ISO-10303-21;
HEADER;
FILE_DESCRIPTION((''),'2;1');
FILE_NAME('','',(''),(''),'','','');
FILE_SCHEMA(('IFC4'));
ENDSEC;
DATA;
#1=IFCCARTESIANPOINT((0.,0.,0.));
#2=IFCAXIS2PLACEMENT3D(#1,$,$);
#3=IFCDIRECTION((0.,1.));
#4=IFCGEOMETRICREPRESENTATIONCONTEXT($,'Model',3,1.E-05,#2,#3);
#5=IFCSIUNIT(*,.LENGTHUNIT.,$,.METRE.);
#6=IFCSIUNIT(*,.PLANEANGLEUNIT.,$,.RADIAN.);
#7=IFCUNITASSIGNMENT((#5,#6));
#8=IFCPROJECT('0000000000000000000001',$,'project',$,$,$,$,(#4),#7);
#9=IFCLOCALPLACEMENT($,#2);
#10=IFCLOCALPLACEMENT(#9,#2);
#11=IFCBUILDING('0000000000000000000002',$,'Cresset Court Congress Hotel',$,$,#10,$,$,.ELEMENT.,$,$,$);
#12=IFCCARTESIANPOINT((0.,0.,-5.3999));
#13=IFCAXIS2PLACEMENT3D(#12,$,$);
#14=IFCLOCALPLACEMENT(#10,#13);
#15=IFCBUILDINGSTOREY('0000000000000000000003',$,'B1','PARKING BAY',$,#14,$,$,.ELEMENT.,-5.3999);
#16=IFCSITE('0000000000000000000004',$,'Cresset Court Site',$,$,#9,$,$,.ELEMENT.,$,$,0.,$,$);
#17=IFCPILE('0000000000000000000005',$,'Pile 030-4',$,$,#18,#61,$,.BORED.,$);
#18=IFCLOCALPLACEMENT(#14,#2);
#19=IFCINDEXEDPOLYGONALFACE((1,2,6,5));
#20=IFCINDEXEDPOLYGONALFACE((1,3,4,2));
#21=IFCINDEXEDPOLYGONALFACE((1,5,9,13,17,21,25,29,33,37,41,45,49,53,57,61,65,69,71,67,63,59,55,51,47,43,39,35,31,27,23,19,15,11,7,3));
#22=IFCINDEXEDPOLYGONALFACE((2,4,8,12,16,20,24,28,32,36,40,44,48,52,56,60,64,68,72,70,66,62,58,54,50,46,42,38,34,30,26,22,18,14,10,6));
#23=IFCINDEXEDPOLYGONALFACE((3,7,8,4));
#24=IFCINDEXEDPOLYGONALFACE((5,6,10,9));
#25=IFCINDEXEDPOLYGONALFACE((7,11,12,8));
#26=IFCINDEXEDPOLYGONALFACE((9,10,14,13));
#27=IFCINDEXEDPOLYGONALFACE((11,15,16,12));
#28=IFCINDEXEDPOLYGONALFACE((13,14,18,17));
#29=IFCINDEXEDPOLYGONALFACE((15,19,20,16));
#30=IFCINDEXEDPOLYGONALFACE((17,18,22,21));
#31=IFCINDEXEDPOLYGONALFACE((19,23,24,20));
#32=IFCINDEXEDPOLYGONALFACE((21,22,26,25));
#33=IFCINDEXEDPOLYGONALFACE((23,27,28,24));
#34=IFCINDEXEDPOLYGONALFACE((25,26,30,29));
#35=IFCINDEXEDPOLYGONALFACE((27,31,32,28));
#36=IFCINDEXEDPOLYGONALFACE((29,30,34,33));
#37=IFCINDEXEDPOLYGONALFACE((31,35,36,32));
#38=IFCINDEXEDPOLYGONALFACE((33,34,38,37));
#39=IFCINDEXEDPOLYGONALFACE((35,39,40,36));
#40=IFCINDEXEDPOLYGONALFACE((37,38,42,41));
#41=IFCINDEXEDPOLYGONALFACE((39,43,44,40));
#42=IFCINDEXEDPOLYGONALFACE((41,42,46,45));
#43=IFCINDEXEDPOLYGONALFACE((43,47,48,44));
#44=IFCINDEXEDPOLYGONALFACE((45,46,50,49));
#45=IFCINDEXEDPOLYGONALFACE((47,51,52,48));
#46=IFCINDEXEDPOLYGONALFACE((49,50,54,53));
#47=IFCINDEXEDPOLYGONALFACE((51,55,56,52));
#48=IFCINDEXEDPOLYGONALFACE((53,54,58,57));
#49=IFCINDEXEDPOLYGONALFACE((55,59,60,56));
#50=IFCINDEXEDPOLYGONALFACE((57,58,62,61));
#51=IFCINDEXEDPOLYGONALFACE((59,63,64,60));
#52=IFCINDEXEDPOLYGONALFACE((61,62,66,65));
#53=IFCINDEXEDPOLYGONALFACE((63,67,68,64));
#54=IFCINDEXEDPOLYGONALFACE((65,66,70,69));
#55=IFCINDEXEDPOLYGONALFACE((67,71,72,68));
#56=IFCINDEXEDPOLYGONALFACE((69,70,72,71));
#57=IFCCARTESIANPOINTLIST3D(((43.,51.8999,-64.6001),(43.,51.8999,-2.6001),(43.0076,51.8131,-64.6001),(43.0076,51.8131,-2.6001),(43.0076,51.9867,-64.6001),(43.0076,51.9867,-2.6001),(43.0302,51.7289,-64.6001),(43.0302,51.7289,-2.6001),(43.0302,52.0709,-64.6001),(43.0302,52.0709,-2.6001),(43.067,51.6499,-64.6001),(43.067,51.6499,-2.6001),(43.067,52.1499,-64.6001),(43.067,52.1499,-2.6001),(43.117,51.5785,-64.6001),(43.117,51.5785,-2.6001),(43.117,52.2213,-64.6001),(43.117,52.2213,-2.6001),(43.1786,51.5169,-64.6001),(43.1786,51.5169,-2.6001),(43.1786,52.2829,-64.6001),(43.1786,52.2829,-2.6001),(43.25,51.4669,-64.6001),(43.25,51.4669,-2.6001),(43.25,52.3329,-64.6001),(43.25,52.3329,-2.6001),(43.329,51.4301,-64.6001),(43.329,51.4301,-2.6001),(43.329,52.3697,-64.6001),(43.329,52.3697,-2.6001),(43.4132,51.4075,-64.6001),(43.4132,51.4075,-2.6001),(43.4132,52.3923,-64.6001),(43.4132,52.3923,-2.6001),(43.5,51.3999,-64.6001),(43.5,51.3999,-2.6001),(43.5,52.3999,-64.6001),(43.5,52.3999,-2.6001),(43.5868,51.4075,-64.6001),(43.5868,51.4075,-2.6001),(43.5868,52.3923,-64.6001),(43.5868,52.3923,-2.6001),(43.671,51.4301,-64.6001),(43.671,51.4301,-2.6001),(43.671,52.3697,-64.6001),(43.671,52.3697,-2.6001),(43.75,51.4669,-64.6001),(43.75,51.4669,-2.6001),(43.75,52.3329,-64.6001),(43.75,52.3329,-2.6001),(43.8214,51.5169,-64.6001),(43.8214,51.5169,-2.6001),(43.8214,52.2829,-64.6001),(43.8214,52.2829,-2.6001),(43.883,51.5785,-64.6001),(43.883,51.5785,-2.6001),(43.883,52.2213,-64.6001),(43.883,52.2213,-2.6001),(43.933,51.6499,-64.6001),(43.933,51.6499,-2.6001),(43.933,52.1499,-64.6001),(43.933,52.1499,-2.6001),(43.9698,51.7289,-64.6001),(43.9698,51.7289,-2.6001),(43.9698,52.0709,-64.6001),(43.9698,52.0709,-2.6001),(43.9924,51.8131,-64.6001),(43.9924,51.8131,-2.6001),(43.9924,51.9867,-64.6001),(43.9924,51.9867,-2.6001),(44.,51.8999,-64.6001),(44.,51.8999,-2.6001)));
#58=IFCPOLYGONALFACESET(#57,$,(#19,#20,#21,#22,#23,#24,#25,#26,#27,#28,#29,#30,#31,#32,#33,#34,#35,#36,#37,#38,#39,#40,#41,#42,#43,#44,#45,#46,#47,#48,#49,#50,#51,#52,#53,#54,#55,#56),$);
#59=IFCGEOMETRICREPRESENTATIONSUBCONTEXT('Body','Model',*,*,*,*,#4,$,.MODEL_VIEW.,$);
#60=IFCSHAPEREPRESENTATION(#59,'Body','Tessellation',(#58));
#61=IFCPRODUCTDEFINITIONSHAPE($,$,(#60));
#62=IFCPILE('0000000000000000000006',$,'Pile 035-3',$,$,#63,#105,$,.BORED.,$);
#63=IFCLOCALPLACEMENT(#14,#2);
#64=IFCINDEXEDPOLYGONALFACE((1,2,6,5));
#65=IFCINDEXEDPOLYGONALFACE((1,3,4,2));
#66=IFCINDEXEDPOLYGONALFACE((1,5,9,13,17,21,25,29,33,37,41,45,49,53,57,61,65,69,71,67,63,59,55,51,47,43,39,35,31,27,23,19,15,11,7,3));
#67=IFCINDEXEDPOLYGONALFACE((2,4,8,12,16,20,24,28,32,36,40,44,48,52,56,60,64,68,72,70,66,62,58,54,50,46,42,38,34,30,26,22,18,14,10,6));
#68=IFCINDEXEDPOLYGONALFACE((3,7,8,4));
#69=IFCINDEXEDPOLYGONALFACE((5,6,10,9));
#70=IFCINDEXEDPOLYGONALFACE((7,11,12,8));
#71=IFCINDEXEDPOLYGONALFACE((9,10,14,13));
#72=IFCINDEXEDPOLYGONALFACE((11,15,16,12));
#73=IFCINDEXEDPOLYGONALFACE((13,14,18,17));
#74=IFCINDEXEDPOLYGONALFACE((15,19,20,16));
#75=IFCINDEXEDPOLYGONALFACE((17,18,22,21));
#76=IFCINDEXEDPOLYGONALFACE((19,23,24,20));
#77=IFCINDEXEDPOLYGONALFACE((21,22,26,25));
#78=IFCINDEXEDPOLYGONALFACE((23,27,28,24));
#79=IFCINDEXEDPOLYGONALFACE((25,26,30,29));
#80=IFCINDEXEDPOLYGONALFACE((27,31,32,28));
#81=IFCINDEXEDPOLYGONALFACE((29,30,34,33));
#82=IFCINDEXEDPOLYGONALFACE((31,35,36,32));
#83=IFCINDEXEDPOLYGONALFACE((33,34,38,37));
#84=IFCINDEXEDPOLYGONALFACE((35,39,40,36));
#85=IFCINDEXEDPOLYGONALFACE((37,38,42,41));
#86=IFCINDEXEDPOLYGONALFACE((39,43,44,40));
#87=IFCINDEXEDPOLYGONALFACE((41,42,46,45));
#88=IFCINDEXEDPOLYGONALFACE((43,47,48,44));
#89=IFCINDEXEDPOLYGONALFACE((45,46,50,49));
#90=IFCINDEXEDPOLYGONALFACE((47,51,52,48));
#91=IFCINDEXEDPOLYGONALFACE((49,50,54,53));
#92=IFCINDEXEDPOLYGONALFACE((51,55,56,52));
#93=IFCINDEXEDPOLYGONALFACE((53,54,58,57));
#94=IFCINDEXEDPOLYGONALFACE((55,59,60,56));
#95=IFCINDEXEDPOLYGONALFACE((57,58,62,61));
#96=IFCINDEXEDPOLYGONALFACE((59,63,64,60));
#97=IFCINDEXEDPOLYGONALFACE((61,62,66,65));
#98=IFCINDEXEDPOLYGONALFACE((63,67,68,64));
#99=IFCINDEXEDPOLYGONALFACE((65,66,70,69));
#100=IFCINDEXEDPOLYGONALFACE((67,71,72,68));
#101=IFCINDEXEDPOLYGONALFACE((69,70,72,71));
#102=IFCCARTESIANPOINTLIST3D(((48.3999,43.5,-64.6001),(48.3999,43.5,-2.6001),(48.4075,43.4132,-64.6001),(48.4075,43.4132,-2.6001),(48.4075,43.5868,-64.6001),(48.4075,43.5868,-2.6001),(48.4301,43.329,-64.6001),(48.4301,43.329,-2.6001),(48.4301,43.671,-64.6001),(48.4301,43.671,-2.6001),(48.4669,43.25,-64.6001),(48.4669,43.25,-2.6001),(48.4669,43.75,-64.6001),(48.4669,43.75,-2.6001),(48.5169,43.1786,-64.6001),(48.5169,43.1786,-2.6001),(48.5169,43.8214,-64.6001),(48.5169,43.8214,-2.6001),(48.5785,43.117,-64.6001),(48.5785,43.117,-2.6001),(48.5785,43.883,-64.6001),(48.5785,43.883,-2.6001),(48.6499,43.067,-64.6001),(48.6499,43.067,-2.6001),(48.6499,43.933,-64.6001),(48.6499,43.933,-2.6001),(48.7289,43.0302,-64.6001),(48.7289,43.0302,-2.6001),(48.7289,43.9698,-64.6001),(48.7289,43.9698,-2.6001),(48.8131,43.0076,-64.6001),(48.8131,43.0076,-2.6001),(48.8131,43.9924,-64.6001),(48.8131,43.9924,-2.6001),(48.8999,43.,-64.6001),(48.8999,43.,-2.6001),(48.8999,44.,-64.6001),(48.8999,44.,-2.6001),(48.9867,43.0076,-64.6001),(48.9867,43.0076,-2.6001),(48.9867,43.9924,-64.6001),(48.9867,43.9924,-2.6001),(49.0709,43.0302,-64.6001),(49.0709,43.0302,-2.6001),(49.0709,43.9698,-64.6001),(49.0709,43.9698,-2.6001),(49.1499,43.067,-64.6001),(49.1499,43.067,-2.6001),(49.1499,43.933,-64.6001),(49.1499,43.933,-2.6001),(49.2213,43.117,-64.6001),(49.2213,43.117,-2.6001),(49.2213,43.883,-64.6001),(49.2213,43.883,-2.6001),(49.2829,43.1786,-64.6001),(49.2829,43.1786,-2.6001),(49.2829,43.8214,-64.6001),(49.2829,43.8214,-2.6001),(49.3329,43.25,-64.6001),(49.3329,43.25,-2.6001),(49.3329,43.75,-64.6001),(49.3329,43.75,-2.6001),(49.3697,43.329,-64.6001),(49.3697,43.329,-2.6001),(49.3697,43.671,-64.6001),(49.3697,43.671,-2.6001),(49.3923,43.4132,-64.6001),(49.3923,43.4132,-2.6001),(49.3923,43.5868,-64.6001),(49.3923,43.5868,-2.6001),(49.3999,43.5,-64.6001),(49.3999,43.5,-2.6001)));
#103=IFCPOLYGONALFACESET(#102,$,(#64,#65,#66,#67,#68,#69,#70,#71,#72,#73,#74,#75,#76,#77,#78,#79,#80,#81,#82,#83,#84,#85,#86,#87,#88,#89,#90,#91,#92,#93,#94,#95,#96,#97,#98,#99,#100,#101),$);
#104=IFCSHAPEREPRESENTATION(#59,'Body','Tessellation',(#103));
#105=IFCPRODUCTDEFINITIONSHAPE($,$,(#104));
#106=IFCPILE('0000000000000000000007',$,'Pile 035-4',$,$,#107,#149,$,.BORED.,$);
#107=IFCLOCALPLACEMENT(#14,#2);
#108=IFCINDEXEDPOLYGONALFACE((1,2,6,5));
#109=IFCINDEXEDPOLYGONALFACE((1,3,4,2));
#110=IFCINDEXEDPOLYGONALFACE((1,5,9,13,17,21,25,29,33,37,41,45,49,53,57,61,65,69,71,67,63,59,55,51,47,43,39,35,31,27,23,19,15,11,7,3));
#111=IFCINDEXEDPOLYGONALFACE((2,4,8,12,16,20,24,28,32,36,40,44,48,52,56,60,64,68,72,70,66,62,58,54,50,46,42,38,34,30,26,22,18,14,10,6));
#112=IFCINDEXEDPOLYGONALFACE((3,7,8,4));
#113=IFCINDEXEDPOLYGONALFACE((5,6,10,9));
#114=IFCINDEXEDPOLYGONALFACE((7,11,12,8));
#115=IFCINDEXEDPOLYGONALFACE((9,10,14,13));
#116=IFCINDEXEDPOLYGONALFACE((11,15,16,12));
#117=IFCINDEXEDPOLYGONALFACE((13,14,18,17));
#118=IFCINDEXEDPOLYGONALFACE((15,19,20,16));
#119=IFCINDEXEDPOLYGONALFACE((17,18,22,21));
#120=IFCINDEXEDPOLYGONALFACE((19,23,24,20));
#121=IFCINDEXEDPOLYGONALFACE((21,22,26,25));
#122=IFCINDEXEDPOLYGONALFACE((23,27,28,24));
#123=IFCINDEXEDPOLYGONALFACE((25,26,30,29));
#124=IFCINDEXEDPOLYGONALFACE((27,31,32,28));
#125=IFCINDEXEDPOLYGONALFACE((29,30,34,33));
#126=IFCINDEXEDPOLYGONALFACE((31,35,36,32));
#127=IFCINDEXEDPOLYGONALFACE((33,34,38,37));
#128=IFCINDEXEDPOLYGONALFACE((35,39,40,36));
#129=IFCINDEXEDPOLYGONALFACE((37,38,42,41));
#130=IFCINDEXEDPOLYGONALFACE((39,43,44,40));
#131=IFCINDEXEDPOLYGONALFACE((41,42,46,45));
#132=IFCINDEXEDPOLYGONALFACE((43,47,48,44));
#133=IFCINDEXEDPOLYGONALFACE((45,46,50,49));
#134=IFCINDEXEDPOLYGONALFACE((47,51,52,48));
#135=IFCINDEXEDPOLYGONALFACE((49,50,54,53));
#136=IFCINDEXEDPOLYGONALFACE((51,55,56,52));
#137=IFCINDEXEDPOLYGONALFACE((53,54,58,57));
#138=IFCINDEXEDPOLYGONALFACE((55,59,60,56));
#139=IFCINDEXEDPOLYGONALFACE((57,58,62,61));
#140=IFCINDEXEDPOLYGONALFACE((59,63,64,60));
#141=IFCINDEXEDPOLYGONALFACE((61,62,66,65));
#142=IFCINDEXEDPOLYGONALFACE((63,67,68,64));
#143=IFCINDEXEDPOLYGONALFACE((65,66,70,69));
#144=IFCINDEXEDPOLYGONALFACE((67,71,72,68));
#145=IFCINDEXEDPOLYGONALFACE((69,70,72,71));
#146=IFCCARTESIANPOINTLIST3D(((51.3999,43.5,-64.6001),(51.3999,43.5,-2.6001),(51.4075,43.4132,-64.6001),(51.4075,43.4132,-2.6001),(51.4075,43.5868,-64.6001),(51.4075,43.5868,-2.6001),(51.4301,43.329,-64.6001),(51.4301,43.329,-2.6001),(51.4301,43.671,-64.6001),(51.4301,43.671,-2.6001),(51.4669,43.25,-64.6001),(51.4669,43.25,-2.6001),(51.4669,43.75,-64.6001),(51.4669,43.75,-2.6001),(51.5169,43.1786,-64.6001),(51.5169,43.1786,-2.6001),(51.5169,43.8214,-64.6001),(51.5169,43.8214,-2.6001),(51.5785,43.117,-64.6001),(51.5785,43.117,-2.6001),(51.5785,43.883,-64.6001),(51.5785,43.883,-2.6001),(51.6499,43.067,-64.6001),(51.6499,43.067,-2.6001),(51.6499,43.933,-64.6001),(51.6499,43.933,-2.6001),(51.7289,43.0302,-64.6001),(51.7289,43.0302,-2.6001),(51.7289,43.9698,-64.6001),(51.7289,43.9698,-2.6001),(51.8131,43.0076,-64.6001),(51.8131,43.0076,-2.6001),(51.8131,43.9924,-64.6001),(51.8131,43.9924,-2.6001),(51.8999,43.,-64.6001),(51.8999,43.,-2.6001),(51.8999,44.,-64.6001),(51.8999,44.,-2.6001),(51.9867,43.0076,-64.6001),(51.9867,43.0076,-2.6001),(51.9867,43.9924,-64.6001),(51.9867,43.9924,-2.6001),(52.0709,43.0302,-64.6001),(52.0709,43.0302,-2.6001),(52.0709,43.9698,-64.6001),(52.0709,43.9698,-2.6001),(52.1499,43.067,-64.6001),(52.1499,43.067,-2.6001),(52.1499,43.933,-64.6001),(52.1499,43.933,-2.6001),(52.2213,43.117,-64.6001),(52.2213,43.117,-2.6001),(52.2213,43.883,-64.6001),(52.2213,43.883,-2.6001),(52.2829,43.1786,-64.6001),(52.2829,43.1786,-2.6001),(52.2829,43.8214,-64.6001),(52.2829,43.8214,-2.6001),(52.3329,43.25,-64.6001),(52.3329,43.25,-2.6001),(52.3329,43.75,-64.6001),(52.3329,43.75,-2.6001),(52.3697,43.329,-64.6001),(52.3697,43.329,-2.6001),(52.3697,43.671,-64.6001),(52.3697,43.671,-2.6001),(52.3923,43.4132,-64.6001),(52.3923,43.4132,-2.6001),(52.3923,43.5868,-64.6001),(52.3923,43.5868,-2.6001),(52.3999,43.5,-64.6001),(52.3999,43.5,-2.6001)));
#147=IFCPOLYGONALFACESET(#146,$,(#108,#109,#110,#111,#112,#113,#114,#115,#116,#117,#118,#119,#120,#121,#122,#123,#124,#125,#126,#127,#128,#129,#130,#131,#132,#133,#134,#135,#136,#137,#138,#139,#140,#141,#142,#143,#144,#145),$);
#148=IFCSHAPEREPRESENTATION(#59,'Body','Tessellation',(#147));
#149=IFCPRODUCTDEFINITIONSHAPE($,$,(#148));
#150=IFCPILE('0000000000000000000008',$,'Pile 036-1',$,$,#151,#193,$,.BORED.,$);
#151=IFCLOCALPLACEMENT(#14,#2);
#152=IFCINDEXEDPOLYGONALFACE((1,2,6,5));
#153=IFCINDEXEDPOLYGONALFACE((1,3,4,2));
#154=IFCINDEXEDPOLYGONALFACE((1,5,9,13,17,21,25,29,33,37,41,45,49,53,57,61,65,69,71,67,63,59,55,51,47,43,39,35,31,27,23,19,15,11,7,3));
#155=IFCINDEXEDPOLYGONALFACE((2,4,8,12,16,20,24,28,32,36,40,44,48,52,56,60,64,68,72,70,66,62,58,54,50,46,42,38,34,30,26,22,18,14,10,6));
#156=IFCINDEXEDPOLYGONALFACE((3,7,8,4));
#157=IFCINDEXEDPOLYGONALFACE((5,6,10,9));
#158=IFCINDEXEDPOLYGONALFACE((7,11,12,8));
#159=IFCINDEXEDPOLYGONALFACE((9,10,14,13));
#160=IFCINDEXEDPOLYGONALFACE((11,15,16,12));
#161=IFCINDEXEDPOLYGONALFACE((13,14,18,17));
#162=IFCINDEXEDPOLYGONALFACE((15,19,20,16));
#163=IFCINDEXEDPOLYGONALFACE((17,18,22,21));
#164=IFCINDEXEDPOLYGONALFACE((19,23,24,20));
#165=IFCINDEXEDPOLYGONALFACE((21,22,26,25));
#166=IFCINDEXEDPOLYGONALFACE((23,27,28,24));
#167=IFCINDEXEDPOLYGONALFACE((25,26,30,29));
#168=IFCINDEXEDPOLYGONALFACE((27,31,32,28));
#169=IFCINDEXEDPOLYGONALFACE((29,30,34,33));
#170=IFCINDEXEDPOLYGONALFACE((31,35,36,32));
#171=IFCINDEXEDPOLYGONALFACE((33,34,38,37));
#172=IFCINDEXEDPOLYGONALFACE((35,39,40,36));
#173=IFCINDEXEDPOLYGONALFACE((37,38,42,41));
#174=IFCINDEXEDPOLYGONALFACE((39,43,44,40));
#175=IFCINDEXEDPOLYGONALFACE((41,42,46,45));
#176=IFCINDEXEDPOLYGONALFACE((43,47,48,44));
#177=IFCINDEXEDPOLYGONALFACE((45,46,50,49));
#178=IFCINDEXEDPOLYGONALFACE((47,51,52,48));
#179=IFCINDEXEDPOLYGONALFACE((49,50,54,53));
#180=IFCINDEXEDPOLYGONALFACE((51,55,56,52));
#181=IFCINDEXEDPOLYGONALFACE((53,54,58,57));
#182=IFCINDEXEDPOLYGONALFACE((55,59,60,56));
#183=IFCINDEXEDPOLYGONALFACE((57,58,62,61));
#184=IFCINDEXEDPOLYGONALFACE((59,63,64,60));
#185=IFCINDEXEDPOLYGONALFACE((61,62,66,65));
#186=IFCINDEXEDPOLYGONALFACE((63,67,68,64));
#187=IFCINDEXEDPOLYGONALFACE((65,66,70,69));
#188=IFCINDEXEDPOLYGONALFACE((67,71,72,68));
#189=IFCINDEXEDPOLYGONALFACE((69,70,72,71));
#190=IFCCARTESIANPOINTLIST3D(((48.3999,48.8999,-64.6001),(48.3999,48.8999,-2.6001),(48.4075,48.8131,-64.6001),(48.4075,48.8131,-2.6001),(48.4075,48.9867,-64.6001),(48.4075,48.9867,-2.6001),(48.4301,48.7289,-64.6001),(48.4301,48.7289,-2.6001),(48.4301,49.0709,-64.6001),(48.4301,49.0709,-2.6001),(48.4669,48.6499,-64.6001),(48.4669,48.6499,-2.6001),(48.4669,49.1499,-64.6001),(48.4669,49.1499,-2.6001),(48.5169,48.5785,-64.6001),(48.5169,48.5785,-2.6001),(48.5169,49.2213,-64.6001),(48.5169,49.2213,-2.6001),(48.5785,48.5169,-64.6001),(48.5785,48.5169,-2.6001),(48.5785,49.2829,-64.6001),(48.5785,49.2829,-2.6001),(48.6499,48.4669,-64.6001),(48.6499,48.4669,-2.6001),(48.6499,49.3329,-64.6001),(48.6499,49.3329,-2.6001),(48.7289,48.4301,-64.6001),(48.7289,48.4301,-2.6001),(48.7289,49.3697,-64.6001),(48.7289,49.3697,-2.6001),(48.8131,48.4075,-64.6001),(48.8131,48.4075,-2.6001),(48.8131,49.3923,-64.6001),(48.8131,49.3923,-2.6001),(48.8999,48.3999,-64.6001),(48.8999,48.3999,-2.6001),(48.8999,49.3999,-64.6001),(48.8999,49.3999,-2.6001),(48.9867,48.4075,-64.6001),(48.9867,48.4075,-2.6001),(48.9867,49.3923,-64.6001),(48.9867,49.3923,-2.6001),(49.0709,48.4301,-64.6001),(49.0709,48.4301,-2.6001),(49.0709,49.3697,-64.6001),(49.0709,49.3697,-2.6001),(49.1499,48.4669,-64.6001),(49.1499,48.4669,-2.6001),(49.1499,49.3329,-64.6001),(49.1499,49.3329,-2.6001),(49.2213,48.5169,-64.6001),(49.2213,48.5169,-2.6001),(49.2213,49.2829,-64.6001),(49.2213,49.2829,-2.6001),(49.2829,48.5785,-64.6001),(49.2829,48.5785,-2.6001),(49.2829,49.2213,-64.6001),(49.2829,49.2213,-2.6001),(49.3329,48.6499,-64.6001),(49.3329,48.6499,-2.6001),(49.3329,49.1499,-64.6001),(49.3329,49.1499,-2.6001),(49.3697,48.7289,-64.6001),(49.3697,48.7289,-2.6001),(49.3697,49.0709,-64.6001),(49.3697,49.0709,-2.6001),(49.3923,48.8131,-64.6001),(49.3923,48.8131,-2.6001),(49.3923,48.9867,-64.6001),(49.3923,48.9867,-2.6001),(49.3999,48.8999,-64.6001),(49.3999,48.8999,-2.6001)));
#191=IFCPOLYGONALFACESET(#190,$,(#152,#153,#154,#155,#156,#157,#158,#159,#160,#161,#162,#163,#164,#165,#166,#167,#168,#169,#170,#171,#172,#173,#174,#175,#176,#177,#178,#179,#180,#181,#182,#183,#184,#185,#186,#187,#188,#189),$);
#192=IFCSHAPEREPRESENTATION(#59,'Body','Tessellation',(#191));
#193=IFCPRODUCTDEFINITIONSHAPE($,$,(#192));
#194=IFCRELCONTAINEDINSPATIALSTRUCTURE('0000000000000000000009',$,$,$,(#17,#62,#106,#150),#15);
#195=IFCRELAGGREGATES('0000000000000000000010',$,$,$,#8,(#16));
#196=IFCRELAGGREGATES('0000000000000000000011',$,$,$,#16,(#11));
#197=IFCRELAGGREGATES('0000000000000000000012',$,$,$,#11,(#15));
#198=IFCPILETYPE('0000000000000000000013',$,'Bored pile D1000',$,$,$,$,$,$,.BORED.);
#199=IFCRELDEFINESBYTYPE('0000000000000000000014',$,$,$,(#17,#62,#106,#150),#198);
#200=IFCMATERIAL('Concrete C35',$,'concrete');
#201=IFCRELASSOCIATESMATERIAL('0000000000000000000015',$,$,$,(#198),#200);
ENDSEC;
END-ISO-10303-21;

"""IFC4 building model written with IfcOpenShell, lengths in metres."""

from ifc_helpers import new_model, si_unit, direction, frame, origin, origin_2d, place, context, subcontext, project, spatial, circle, extrude, material, type_object, element, save


model = new_model("IFC4")

# Units and contexts
model_context = context("Model", 3, precision=1e-05, world=origin(), true_north=direction((0.0, 1.0)))
body_context = subcontext(model_context, "Body", "Model", "MODEL_VIEW")
ifc_project = project(units=[si_unit("LENGTHUNIT", "METRE"), si_unit("PLANEANGLEUNIT", "RADIAN")], contexts=[model_context])

# Site, building, storey
site_placement = place(None, origin())
site = spatial("IfcSite", under=ifc_project, at=site_placement, Name="Cresset Court Site", CompositionType="ELEMENT", RefElevation=0.0)
building_placement = place(site_placement, origin())
building = spatial("IfcBuilding", under=site, at=building_placement, Name="Cresset Court Congress Hotel", CompositionType="ELEMENT")
storey_placement = place(building_placement, frame((0.0, 0.0, -5.3999)))
storey = spatial("IfcBuildingStorey", under=building, at=storey_placement, Name="B1", Description="PARKING BAY", CompositionType="ELEMENT", Elevation=-5.3999)

# Piles
ifc_material_1 = material(Name="Concrete C35", Category="concrete")
pile_type = type_object("IfcPileType", Name="Bored pile D1000", PredefinedType="BORED", material=ifc_material_1)
for number, where, z_axis, x_axis, name in (
    (1, (43.5, 51.8999, -2.6001), (0.0, 0.0, -1.0), (1.0, 0.0, 0.0), "Pile 030-4"),
    (2, (48.8999, 43.5, -2.6001), (0.0, 0.0, -1.0), (1.0, 0.0, 0.0), "Pile 035-3"),
    (3, (51.8999, 43.5, -2.6001), (0.0, 0.0, -1.0), (1.0, 0.0, 0.0), "Pile 035-4"),
    (4, (48.8999, 48.8999, -2.6001), (0.0, 0.0, -1.0), (1.0, 0.0, 0.0), "Pile 036-1"),
):
    element("IfcPile", number, at=place(storey_placement, frame(where, z_axis=z_axis, x_axis=x_axis)), inside=storey, type_object=pile_type, Name=name, PredefinedType="BORED", context=body_context, shape_type="SweptSolid", body=[
        extrude(circle(Radius=0.5, at=origin_2d()), origin(), (0.0, 0.0, 1.0), 62.0),
    ])

save(model, "model.ifc")
